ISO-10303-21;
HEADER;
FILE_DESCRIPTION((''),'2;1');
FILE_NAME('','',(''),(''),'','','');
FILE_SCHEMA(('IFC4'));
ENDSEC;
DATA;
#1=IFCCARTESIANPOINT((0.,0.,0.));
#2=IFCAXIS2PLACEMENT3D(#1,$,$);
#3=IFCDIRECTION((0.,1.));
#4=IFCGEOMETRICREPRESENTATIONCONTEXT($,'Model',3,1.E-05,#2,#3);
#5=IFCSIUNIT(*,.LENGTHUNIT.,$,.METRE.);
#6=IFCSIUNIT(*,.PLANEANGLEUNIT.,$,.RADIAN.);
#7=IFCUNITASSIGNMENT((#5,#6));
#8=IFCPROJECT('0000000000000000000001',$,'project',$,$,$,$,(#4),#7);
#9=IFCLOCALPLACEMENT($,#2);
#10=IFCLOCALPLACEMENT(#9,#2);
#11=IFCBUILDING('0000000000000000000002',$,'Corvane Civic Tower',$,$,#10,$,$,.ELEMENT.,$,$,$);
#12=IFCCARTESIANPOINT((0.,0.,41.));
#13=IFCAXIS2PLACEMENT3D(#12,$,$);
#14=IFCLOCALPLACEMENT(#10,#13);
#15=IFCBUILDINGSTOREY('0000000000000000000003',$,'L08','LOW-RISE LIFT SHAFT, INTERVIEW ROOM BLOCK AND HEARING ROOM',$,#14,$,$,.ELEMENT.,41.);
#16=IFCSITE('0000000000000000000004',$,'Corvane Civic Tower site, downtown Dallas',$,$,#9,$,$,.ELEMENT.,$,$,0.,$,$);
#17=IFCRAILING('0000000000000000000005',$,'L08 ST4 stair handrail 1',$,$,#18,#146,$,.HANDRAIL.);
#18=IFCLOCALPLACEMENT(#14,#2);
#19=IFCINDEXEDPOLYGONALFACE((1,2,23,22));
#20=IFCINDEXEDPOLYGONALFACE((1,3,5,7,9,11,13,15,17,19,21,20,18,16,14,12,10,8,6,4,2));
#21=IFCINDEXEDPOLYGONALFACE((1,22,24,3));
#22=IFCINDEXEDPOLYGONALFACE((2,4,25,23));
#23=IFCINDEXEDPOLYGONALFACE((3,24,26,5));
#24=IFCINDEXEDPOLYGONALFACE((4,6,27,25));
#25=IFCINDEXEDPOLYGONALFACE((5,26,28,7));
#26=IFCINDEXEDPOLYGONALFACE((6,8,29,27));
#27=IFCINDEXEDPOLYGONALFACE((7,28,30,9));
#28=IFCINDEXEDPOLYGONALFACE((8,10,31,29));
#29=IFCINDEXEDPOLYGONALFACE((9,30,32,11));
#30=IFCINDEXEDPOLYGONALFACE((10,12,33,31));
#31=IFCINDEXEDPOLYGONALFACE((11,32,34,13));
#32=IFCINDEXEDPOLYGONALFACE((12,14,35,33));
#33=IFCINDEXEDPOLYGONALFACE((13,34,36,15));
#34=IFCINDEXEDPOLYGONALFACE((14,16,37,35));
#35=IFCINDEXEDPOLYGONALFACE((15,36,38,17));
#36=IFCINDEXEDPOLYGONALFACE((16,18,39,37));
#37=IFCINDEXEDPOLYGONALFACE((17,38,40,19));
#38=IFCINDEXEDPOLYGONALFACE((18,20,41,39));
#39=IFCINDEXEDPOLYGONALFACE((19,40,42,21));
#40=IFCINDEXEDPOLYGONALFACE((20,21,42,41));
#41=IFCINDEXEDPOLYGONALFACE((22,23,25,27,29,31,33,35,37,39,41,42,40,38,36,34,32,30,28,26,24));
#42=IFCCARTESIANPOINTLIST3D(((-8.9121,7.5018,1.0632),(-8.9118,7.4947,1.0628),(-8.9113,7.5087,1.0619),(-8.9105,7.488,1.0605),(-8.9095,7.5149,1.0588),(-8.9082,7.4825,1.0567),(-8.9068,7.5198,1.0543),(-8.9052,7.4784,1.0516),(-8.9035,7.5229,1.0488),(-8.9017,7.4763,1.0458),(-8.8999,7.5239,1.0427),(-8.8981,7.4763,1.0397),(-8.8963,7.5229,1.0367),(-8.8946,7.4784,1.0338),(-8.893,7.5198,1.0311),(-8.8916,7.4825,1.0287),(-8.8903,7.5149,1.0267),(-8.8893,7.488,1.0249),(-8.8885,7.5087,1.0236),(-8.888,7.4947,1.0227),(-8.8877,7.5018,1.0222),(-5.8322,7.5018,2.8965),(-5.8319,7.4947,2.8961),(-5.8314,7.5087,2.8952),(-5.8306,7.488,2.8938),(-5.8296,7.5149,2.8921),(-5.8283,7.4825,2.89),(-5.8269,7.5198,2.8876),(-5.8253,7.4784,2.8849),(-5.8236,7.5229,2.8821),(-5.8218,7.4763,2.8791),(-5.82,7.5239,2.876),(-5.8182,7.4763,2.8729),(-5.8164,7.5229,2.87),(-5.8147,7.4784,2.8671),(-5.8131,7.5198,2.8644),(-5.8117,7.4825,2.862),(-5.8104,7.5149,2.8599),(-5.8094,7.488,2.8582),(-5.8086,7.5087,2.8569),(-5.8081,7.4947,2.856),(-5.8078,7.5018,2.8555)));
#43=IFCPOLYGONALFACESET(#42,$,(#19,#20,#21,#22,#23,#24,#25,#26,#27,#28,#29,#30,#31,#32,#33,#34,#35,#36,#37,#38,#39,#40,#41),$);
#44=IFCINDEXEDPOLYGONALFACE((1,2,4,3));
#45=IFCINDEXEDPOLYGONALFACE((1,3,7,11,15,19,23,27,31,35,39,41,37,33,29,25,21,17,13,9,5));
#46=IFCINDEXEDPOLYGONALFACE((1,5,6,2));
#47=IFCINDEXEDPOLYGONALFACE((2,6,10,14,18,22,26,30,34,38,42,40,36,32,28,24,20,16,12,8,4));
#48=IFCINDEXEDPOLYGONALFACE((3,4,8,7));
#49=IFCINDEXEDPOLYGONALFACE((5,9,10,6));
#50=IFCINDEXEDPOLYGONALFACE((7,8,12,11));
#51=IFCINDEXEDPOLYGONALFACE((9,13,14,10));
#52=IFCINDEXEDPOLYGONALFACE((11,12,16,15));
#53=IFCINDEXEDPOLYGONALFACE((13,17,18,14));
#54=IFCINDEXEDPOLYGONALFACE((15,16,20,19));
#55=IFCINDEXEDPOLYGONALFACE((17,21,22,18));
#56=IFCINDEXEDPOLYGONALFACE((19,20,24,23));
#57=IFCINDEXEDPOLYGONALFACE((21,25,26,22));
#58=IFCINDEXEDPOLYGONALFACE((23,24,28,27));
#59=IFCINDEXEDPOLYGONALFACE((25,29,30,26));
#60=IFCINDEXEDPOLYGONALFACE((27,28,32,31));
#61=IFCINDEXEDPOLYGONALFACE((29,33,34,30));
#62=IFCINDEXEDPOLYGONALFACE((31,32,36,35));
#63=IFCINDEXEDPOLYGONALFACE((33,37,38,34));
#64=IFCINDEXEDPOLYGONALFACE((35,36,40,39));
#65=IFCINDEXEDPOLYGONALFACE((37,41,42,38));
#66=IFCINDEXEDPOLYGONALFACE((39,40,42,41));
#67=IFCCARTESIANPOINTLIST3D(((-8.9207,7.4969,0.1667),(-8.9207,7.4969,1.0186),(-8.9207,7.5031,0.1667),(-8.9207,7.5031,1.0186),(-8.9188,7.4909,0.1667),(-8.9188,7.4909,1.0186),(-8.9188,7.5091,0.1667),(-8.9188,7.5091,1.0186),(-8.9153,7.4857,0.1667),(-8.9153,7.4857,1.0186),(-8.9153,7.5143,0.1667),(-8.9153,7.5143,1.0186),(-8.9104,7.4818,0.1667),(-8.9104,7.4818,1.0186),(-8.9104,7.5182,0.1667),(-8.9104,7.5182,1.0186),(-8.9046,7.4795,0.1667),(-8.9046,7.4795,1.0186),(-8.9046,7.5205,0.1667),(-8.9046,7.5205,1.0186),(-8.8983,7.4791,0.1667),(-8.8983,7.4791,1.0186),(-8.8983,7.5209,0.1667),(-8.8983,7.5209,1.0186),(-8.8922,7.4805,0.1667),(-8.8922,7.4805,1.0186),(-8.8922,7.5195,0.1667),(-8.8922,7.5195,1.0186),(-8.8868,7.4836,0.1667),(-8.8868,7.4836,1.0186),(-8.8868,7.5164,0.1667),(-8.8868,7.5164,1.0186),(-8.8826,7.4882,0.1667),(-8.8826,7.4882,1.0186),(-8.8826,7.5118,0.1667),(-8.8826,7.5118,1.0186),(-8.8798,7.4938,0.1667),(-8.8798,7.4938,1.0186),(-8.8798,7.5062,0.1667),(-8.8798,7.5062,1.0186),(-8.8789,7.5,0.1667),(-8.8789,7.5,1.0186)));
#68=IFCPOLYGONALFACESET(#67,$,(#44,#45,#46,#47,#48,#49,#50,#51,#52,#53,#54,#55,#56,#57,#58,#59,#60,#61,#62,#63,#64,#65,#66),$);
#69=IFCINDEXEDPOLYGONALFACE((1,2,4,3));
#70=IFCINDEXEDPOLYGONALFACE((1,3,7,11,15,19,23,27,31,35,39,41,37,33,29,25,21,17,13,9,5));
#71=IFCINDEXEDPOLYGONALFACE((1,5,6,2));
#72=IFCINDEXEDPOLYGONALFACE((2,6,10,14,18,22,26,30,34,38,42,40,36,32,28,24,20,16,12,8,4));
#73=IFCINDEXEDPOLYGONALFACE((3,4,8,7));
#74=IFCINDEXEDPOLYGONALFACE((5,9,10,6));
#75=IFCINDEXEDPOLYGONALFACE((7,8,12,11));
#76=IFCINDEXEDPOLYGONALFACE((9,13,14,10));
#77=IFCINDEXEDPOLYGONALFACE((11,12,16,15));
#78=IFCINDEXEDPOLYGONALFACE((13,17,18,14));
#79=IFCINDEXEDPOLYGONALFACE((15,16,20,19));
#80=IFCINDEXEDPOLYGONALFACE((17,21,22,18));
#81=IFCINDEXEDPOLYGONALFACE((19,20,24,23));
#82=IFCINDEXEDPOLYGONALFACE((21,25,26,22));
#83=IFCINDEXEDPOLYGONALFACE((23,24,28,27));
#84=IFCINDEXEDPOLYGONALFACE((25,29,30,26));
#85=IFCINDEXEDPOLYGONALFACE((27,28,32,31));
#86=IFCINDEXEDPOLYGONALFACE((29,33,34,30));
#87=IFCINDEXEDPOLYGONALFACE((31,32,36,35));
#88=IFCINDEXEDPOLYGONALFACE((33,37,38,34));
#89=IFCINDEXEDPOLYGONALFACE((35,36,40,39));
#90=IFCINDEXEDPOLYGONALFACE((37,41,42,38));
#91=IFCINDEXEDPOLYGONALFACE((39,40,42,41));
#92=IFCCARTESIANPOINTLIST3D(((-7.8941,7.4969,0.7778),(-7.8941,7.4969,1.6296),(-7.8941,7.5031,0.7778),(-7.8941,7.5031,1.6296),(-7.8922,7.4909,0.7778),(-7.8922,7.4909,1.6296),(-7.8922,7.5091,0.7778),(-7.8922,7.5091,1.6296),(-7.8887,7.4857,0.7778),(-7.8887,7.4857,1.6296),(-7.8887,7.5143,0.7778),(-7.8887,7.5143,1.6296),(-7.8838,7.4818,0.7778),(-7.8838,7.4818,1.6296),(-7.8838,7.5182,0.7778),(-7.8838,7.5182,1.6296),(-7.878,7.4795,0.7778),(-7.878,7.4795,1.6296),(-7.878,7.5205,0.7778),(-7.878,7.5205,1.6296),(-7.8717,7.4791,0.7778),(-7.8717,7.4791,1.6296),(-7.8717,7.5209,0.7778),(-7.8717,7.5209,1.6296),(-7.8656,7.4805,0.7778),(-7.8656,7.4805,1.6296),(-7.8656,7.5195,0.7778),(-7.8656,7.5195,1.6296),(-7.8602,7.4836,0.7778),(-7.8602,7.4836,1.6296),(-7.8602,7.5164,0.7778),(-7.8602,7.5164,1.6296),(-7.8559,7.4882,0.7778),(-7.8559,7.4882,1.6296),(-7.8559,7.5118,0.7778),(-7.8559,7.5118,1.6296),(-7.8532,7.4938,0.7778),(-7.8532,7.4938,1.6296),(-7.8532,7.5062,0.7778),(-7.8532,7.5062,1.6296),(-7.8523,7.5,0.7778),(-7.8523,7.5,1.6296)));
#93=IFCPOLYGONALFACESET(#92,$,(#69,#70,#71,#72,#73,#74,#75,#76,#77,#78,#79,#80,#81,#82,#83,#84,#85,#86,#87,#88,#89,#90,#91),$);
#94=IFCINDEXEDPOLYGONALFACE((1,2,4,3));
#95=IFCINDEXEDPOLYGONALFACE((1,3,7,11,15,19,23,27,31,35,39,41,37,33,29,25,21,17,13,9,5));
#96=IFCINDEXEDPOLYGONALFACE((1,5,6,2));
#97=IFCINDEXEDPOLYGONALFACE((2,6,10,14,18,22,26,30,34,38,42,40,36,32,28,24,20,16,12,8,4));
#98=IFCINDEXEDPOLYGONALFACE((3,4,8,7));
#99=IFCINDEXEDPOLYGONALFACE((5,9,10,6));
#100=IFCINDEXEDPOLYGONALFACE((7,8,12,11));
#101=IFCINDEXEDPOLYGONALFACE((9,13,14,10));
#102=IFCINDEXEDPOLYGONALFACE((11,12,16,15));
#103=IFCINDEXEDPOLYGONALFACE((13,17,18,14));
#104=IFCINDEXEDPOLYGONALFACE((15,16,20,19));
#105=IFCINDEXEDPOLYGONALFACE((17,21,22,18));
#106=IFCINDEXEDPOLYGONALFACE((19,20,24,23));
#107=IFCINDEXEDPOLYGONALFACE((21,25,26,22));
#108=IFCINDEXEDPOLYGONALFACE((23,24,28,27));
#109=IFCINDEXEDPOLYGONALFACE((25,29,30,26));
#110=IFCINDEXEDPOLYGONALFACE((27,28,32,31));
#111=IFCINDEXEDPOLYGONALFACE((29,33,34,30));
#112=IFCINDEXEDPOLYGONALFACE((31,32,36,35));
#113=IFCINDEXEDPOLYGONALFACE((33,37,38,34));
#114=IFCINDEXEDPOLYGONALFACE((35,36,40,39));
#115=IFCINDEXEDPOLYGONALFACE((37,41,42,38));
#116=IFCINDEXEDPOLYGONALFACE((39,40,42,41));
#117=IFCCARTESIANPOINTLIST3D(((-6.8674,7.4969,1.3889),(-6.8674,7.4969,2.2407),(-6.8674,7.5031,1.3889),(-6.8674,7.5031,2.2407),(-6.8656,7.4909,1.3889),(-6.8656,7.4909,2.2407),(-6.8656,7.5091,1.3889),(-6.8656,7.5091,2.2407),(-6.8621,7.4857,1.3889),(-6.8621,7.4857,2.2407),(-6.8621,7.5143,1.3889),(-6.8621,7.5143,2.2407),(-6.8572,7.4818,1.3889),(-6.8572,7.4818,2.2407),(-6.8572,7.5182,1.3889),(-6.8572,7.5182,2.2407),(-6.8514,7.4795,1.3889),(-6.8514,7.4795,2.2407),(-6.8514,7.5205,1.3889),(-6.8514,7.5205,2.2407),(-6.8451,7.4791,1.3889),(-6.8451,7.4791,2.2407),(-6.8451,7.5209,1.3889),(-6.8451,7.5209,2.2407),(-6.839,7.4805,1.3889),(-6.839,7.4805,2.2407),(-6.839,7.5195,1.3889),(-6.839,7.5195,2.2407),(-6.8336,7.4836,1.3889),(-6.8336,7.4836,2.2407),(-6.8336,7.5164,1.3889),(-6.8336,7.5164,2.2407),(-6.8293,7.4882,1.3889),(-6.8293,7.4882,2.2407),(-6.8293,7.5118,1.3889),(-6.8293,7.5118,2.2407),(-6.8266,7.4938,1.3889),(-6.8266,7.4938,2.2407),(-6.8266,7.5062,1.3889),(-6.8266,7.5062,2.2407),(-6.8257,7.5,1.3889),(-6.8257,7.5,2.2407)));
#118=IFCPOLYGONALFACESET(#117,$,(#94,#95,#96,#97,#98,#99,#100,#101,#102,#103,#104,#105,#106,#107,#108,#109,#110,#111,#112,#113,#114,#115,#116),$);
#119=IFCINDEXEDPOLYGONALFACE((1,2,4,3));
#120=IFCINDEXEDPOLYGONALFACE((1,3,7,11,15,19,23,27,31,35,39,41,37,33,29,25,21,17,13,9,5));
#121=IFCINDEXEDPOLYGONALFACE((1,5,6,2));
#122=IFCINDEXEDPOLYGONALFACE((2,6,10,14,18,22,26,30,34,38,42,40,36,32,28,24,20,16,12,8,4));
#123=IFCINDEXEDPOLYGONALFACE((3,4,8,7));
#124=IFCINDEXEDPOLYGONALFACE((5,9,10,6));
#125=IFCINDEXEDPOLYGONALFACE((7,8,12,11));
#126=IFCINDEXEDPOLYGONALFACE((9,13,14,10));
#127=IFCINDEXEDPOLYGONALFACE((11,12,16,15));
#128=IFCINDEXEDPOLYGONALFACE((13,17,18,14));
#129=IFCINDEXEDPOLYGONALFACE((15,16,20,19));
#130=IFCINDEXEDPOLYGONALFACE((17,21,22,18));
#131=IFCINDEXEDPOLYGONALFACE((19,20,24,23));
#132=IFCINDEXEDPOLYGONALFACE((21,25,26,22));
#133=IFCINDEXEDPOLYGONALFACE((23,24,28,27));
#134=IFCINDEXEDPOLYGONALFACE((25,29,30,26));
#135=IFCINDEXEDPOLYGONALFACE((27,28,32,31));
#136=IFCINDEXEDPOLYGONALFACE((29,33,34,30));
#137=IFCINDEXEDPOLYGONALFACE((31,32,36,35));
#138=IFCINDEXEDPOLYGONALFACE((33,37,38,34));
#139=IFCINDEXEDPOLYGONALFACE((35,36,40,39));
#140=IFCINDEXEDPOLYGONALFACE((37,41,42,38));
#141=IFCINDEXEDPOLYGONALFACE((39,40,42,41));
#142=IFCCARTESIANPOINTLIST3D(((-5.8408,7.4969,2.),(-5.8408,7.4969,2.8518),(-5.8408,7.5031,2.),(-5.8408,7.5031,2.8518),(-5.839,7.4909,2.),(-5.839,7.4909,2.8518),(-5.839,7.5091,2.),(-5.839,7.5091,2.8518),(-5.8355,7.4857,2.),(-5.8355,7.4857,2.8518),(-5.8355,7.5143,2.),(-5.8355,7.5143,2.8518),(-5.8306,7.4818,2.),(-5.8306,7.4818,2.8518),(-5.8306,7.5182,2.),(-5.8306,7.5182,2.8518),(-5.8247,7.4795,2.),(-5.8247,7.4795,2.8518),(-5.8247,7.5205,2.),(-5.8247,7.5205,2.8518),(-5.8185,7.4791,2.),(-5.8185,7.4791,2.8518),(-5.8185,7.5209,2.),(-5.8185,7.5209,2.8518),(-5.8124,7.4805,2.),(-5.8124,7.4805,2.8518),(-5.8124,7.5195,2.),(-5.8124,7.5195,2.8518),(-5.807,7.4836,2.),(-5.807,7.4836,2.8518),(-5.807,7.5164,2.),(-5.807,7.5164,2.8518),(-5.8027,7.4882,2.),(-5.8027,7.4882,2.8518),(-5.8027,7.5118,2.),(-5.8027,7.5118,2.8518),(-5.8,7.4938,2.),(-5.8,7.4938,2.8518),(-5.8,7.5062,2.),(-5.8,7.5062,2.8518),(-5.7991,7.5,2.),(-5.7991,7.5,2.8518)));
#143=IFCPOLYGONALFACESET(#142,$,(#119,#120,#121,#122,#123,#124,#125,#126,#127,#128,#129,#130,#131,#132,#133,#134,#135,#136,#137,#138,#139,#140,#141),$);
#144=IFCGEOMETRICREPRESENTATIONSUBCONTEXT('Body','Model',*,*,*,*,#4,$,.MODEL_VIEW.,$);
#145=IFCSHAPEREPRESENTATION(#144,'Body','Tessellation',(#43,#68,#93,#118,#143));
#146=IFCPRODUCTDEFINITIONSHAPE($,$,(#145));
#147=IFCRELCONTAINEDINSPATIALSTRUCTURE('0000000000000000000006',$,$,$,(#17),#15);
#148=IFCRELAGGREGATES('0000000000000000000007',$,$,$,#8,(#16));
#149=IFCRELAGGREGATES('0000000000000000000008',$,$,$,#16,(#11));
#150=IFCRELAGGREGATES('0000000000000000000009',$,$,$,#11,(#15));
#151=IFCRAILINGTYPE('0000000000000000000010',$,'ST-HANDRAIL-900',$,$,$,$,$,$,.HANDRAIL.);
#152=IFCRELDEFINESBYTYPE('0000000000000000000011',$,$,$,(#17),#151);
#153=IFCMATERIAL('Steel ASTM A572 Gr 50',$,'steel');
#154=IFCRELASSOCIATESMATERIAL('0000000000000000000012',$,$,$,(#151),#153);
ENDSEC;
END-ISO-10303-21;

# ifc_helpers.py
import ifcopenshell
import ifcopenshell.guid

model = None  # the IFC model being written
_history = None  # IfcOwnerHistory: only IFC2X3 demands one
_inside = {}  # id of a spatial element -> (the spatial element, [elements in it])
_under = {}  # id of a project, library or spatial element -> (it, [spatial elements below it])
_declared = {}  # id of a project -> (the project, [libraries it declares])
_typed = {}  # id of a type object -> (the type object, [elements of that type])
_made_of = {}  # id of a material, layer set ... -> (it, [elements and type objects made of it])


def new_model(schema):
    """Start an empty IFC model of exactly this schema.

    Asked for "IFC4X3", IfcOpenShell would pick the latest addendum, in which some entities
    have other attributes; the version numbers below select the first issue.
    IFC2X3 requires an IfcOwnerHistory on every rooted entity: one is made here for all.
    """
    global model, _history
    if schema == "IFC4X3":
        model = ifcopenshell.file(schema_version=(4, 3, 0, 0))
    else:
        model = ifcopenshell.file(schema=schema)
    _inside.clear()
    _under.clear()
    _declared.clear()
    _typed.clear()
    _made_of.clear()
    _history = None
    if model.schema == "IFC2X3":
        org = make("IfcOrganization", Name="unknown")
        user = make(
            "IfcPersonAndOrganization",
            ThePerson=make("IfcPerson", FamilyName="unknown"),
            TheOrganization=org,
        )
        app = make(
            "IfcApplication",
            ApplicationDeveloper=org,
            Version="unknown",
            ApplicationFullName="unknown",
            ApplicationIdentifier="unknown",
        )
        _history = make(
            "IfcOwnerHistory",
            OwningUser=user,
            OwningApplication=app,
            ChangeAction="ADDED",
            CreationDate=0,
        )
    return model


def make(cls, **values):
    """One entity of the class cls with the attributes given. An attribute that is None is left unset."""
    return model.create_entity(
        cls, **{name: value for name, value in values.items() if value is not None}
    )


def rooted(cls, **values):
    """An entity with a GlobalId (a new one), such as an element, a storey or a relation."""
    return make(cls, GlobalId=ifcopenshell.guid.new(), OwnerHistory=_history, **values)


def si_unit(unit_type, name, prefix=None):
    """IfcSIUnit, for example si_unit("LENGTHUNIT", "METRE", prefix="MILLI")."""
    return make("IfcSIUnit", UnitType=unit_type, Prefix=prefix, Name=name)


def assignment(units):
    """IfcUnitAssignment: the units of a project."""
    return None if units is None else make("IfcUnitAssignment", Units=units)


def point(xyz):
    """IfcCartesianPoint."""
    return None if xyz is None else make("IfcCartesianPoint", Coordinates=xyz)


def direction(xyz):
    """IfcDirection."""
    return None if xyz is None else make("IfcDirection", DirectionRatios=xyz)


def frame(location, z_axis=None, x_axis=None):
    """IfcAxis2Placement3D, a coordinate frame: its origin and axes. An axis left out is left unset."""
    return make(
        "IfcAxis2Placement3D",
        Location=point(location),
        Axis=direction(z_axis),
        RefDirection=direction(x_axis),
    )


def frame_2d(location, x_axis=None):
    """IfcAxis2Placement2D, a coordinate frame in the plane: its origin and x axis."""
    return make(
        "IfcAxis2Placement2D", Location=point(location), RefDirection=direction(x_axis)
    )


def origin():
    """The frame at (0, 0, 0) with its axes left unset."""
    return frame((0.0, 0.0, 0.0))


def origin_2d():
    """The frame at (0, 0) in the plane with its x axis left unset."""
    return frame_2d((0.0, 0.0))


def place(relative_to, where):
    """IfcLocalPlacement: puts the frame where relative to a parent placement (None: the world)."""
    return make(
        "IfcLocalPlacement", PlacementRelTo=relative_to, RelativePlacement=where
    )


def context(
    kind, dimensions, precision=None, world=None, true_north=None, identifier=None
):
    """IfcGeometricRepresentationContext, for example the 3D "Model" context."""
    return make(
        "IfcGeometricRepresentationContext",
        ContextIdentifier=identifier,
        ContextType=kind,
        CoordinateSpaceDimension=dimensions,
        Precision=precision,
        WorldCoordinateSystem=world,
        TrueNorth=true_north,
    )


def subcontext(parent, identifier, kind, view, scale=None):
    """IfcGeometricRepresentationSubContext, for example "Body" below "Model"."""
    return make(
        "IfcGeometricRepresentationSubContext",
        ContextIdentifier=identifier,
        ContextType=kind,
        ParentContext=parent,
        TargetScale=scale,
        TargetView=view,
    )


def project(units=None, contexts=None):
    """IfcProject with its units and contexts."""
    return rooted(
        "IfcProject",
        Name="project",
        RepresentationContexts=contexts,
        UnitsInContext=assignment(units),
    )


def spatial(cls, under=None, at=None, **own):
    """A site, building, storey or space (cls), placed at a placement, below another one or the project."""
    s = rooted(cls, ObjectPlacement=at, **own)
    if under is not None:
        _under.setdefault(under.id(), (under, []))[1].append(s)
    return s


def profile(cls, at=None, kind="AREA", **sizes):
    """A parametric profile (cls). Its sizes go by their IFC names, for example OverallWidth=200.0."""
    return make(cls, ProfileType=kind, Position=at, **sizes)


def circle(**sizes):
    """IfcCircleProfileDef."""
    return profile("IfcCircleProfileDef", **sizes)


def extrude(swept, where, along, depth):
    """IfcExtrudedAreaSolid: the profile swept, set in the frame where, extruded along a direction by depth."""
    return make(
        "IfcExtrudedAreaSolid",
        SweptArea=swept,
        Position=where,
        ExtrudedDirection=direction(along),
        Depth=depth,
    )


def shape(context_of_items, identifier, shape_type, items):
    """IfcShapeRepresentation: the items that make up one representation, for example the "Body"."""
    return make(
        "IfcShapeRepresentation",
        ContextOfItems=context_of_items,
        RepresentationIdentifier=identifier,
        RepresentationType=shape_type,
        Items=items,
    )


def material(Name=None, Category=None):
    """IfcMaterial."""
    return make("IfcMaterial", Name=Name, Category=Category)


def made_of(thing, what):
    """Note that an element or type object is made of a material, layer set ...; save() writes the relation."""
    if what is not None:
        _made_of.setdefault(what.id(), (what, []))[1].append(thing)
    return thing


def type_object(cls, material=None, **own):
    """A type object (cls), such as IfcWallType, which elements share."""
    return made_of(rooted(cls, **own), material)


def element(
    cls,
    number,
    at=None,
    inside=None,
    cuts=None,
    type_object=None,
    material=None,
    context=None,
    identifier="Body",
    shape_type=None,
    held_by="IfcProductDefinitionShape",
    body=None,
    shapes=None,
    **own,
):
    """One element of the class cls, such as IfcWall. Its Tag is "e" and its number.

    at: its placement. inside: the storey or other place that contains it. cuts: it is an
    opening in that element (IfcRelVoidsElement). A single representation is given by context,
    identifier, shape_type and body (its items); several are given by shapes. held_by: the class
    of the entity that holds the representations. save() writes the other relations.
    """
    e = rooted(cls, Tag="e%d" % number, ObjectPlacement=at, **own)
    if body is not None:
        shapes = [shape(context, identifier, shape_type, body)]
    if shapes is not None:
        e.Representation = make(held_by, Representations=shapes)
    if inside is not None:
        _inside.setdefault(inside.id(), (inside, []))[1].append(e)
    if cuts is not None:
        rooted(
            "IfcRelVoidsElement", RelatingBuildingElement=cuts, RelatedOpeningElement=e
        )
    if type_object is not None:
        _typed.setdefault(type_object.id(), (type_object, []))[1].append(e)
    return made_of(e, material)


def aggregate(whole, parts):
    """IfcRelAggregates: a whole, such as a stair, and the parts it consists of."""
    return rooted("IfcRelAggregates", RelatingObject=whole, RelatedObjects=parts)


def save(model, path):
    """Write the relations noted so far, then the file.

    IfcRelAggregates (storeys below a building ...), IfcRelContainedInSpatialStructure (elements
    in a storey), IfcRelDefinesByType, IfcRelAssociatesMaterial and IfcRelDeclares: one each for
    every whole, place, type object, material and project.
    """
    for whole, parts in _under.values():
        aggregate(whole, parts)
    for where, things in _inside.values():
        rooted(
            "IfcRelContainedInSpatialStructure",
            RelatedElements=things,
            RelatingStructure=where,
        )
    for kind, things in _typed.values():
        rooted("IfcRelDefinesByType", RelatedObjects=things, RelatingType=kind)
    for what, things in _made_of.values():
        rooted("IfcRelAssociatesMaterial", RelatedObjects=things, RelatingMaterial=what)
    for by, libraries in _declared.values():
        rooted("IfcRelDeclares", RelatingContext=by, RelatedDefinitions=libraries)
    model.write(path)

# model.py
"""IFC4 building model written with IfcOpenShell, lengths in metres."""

from ifc_helpers import new_model, si_unit, direction, frame, origin, origin_2d, place, context, subcontext, project, spatial, circle, extrude, material, type_object, element, save


model = new_model("IFC4")

# Units and contexts
model_context = context("Model", 3, precision=1e-05, world=origin(), true_north=direction((0.0, 1.0)))
body_context = subcontext(model_context, "Body", "Model", "MODEL_VIEW")
ifc_project = project(units=[si_unit("LENGTHUNIT", "METRE"), si_unit("PLANEANGLEUNIT", "RADIAN")], contexts=[model_context])

# Site, building, storey
site_placement = place(None, origin())
site = spatial("IfcSite", under=ifc_project, at=site_placement, Name="Corvane Civic Tower site, downtown Dallas", CompositionType="ELEMENT", RefElevation=0.0)
building_placement = place(site_placement, origin())
building = spatial("IfcBuilding", under=site, at=building_placement, Name="Corvane Civic Tower", CompositionType="ELEMENT")
storey_placement = place(building_placement, frame((0.0, 0.0, 41.0)))
storey = spatial("IfcBuildingStorey", under=building, at=storey_placement, Name="L08", Description="LOW-RISE LIFT SHAFT, INTERVIEW ROOM BLOCK AND HEARING ROOM", CompositionType="ELEMENT", Elevation=41.0)

# Railing
ifc_material_1 = material(Name="Steel ASTM A572 Gr 50", Category="steel")
railing_type = type_object("IfcRailingType", Name="ST-HANDRAIL-900", PredefinedType="HANDRAIL", material=ifc_material_1)
railing_placement = place(storey_placement, frame((-8.8999, 7.5, 0.1667)))
element("IfcRailing", 1, at=railing_placement, inside=storey, type_object=railing_type, Name="L08 ST4 stair handrail 1", PredefinedType="HANDRAIL", context=body_context, shape_type="SweptSolid", body=[
    extrude(circle(Radius=0.0239, at=origin_2d()), frame((0.0, 0.0, 0.876), z_axis=(0.859291, 0.0, 0.511487), x_axis=(0.0, 1.0, 0.0)), (0.0, 0.0, 1.0), 3.5842),
    extrude(circle(Radius=0.021, at=origin_2d()), origin(), (0.0, 0.0, 1.0), 0.8518),
    extrude(circle(Radius=0.021, at=origin_2d()), frame((1.0266, 0.0, 0.6111)), (0.0, 0.0, 1.0), 0.8518),
    extrude(circle(Radius=0.021, at=origin_2d()), frame((2.0532, 0.0, 1.2222)), (0.0, 0.0, 1.0), 0.8518),
    extrude(circle(Radius=0.021, at=origin_2d()), frame((3.0798, 0.0, 1.8333)), (0.0, 0.0, 1.0), 0.8518),
])

save(model, "model.ifc")
